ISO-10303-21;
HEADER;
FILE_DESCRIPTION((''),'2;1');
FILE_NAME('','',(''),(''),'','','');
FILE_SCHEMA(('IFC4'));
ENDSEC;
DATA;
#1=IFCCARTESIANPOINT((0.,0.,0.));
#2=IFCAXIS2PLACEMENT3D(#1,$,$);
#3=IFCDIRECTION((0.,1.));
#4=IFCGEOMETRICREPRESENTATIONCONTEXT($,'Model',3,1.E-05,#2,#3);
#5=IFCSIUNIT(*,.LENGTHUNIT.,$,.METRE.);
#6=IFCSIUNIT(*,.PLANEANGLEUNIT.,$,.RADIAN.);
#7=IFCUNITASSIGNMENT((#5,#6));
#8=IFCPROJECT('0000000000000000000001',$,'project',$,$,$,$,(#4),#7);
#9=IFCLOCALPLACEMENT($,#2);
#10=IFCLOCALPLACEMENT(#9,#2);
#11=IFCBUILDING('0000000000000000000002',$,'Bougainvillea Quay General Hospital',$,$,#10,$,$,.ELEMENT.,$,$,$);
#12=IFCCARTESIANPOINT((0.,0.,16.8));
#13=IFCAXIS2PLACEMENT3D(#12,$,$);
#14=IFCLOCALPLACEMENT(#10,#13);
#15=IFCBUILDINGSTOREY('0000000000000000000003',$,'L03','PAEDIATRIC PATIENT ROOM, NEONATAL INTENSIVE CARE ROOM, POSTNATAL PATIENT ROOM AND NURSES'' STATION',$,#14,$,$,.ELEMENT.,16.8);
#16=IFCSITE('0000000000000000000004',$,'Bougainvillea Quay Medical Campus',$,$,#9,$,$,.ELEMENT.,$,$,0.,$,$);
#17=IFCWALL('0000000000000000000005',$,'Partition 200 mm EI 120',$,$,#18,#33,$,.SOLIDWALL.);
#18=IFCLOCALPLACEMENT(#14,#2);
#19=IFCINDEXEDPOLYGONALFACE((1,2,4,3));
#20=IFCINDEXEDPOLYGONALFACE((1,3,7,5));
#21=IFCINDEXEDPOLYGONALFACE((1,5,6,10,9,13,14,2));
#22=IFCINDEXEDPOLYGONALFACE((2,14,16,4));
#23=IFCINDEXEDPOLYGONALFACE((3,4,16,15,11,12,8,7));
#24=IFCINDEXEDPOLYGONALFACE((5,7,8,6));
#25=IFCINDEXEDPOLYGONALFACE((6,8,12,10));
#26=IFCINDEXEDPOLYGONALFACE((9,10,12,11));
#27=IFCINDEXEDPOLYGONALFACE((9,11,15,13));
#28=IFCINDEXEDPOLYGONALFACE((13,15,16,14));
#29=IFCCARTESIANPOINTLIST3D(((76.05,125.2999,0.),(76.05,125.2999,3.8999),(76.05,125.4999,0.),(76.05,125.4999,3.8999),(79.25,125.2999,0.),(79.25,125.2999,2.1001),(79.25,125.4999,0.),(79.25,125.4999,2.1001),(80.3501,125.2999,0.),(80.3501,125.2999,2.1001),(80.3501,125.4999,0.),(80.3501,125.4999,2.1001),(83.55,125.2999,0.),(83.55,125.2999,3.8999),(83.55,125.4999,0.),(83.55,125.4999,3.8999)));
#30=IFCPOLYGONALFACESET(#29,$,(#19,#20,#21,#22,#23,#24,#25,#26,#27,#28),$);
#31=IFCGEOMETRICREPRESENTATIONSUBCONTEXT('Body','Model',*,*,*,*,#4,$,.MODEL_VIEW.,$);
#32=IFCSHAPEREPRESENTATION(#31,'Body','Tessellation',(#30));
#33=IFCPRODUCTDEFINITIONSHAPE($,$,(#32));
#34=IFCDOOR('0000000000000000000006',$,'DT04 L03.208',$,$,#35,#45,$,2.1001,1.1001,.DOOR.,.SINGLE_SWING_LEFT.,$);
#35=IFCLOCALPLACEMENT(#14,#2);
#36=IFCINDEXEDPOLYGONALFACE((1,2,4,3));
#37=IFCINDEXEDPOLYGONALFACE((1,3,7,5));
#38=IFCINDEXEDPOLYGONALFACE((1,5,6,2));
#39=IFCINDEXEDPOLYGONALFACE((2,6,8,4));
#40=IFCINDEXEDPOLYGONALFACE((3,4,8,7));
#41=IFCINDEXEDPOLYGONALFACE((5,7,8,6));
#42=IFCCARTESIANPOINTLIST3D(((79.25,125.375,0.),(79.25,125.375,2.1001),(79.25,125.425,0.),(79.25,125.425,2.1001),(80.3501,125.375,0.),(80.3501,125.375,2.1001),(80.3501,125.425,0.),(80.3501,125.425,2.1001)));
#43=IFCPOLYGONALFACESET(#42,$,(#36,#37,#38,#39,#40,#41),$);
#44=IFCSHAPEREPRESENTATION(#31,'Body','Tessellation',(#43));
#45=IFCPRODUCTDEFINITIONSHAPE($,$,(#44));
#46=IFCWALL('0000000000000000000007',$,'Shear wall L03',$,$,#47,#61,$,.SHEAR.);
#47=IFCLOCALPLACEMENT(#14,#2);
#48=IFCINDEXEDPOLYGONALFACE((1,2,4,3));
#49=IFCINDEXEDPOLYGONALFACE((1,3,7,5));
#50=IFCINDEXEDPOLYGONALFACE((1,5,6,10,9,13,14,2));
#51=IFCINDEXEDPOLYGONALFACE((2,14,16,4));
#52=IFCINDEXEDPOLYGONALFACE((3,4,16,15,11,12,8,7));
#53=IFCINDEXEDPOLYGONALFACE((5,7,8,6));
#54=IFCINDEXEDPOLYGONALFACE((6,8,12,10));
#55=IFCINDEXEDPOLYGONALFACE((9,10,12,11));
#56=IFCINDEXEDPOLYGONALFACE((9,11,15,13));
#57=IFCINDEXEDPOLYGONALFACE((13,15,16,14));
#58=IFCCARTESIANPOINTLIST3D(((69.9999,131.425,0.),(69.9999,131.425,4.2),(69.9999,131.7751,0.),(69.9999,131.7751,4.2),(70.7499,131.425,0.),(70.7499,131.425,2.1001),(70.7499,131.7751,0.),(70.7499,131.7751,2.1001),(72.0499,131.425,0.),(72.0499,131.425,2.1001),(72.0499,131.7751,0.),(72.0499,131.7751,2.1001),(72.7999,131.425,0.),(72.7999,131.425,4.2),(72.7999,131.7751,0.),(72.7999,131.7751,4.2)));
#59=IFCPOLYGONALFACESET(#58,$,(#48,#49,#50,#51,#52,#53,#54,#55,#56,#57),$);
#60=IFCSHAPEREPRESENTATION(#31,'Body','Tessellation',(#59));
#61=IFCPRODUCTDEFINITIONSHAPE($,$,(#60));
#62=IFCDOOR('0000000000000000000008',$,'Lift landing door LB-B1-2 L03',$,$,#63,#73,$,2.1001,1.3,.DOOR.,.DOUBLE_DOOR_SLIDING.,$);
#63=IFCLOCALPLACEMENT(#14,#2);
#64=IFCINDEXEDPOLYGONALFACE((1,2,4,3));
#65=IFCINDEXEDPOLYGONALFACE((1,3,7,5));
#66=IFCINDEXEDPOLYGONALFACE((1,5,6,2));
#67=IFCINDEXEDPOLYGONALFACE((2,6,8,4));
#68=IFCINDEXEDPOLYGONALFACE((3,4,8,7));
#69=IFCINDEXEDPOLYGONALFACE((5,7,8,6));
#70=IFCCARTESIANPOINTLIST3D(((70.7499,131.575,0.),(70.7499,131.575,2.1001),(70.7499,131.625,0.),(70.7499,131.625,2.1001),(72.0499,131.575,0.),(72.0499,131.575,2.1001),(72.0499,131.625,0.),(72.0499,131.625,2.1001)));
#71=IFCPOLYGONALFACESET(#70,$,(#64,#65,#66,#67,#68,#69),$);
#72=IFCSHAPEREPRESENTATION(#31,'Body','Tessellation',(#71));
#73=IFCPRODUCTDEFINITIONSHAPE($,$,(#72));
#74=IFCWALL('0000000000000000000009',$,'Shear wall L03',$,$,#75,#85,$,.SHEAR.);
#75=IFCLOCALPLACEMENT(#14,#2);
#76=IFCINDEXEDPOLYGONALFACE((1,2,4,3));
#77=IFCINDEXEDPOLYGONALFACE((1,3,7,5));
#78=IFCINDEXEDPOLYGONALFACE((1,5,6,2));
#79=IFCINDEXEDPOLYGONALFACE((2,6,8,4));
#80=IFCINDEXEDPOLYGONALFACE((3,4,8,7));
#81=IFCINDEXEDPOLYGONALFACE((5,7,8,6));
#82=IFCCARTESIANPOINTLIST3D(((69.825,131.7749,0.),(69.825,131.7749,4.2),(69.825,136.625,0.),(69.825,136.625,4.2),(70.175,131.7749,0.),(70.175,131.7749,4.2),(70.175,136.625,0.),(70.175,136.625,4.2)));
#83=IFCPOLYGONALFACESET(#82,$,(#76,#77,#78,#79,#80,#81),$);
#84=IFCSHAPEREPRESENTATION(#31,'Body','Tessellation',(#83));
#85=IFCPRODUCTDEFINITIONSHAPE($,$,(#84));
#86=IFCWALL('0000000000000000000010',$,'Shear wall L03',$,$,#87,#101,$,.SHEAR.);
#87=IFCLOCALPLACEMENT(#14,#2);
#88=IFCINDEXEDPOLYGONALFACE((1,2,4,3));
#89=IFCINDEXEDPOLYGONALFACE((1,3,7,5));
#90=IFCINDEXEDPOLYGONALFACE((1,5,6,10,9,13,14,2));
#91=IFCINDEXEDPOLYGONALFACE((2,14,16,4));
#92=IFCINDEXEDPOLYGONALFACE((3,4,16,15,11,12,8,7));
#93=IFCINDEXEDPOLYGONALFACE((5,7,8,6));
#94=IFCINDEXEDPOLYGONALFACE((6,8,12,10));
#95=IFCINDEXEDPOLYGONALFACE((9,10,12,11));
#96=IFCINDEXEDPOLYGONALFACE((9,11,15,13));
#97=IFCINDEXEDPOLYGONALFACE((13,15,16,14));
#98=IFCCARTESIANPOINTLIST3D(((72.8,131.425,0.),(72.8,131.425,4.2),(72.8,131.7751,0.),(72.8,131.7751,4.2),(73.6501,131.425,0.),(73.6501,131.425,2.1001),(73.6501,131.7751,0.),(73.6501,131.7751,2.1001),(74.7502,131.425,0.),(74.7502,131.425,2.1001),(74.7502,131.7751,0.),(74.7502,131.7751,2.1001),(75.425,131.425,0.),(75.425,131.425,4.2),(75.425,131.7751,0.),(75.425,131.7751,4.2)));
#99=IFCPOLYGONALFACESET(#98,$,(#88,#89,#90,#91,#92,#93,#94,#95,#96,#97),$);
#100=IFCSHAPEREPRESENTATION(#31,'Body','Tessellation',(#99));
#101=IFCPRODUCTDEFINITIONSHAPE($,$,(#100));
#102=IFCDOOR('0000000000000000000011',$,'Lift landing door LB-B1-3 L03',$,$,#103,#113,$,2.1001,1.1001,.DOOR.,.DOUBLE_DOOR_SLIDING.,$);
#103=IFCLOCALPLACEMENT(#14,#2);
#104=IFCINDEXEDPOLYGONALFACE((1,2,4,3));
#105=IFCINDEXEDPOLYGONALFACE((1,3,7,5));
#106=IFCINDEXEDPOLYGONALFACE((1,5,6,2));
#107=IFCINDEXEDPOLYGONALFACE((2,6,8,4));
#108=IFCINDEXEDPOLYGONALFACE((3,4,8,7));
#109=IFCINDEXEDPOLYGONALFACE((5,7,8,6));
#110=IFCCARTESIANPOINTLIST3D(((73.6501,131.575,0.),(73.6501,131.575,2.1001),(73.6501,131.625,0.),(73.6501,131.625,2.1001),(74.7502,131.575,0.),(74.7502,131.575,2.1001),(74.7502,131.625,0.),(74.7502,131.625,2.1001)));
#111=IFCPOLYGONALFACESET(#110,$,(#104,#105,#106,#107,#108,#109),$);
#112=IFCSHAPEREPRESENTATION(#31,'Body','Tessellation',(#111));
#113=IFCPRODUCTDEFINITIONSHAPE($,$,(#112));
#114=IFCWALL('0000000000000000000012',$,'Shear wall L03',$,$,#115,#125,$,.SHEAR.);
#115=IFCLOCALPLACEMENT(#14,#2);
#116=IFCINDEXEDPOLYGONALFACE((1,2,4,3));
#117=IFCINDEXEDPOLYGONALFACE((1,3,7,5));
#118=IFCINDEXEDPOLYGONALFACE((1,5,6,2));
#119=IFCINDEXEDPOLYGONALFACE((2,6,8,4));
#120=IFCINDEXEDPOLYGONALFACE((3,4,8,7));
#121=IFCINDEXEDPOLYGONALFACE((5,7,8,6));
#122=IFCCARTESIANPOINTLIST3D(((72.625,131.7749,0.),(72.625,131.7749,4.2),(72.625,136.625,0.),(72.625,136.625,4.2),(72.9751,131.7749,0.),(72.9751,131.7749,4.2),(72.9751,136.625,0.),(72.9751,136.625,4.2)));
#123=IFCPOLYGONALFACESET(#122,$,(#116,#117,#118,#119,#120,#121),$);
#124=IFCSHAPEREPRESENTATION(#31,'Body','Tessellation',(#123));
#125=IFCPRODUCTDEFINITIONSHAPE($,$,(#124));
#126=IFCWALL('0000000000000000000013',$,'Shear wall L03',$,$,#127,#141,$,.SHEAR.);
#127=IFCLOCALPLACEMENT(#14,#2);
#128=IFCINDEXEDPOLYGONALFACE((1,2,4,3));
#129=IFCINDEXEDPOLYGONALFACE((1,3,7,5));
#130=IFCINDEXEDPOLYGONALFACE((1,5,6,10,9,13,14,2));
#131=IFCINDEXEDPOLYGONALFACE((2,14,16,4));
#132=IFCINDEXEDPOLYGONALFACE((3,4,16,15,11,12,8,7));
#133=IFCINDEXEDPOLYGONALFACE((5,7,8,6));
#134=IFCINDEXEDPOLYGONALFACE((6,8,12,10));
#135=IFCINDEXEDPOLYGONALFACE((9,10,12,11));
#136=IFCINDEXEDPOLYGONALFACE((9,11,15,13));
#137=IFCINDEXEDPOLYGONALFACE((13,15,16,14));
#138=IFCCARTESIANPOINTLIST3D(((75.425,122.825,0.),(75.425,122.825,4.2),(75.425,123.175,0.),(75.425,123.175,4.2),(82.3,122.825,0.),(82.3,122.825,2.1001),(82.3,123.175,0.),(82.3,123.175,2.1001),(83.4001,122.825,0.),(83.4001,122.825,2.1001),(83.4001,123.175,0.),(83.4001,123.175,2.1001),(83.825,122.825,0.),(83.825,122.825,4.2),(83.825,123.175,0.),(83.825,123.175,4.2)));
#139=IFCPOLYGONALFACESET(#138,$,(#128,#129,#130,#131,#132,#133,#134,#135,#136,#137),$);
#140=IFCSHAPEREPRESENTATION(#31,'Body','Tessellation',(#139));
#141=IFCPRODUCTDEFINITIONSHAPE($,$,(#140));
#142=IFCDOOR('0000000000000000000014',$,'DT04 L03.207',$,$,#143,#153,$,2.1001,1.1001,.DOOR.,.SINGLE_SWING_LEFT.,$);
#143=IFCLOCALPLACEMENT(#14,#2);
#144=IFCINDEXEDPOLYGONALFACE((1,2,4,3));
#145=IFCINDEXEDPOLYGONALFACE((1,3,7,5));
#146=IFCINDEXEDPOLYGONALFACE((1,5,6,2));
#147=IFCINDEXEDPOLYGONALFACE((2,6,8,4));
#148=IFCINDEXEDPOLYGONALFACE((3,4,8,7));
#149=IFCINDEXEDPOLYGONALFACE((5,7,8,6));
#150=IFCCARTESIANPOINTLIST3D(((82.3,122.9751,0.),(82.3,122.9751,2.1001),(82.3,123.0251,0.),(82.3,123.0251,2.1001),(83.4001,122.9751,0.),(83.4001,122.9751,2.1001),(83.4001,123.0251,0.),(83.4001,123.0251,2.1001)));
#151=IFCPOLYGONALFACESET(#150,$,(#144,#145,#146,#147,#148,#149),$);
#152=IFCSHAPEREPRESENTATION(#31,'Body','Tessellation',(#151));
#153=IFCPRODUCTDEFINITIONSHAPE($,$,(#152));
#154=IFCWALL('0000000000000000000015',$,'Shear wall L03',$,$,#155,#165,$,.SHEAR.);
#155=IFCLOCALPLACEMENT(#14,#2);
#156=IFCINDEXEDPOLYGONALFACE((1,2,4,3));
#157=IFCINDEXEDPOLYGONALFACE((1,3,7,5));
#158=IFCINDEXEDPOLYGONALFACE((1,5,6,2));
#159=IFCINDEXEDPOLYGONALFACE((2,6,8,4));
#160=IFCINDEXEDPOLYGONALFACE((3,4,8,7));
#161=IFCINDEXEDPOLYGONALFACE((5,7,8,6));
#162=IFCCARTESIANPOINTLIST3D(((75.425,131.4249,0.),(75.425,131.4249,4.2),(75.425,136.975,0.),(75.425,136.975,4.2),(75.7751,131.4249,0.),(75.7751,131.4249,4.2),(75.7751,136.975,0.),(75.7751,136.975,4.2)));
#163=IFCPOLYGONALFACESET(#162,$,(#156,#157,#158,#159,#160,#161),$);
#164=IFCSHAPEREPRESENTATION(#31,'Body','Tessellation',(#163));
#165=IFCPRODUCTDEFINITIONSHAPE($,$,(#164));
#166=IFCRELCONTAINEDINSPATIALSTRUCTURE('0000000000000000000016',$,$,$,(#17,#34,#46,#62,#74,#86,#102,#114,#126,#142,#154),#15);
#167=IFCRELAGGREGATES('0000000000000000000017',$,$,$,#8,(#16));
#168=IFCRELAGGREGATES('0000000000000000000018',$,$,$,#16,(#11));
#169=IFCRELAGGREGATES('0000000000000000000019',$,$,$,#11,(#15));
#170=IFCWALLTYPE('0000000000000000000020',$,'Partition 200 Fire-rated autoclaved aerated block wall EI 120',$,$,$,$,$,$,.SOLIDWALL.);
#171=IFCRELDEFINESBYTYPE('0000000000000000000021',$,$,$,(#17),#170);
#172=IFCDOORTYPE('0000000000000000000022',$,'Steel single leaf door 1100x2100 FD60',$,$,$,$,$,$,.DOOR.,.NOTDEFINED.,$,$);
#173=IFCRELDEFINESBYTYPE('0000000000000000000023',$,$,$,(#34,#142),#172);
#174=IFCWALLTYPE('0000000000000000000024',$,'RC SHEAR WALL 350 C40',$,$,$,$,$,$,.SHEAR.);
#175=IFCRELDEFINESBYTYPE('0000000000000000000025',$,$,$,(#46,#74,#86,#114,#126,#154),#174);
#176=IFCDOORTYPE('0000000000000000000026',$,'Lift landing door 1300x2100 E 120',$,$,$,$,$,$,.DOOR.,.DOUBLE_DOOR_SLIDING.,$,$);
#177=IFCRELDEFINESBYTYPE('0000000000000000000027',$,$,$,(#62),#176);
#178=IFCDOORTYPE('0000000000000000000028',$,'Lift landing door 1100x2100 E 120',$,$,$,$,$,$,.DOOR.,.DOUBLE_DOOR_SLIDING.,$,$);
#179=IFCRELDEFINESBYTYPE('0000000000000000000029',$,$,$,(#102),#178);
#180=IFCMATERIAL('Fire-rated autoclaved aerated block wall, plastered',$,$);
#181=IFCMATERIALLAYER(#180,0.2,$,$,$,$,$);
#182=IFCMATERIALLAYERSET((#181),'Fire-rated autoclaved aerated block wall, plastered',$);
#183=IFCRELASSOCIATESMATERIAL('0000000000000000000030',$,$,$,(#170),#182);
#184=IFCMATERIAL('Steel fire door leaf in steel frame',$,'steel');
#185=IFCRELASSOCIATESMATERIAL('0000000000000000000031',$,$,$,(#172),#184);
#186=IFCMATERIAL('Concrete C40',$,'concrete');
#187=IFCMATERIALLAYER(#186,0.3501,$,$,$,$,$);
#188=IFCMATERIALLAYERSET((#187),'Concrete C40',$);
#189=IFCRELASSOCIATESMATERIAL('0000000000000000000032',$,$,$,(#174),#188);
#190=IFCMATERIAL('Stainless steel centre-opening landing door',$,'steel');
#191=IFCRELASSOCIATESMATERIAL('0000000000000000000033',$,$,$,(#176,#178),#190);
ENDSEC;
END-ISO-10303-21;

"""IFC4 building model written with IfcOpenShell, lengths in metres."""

from ifc_helpers import new_model, si_unit, direction, frame, frame_2d, origin, place, context, subcontext, project, spatial, rectangle, extrude, material, layer, layer_set, type_object, element, fill, save


model = new_model("IFC4")

# Units and contexts
model_context = context("Model", 3, precision=1e-05, world=origin(), true_north=direction((0.0, 1.0)))
body_context = subcontext(model_context, "Body", "Model", "MODEL_VIEW")
ifc_project = project(units=[si_unit("LENGTHUNIT", "METRE"), si_unit("PLANEANGLEUNIT", "RADIAN")], contexts=[model_context])

# Site, building, storey
site_placement = place(None, origin())
site = spatial("IfcSite", under=ifc_project, at=site_placement, Name="Bougainvillea Quay Medical Campus", CompositionType="ELEMENT", RefElevation=0.0)
building_placement = place(site_placement, origin())
building = spatial("IfcBuilding", under=site, at=building_placement, Name="Bougainvillea Quay General Hospital", CompositionType="ELEMENT")
storey_placement = place(building_placement, frame((0.0, 0.0, 16.8)))
storey = spatial("IfcBuildingStorey", under=building, at=storey_placement, Name="L03", Description="PAEDIATRIC PATIENT ROOM, NEONATAL INTENSIVE CARE ROOM, POSTNATAL PATIENT ROOM AND NURSES' STATION", CompositionType="ELEMENT", Elevation=16.8)

# Shared definitions
ifc_material_1 = material(Name="Concrete C40", Category="concrete")

# Shared definitions
ifc_material_2 = material(Name="Fire-rated autoclaved aerated block wall, plastered")
ifc_layer_1 = layer(ifc_material_2, 0.2)
ifc_layer_set_1 = layer_set([ifc_layer_1], Name="Fire-rated autoclaved aerated block wall, plastered")
wall_type_1 = type_object("IfcWallType", Name="Partition 200 Fire-rated autoclaved aerated block wall EI 120", PredefinedType="SOLIDWALL", material=ifc_layer_set_1)

# Walls, openings, doors
wall_1_placement = place(storey_placement, frame((76.05, 125.3999, 0.0), z_axis=(0.0, 0.0, 1.0), x_axis=(1.0, 0.0, 0.0)))
wall_1 = element("IfcWall", 1, at=wall_1_placement, inside=storey, type_object=wall_type_1, Name="Partition 200 mm EI 120", PredefinedType="SOLIDWALL", context=body_context, shape_type="SweptSolid", body=[
    extrude(rectangle(XDim=7.5, YDim=0.2, at=frame_2d((3.75, 0.0))), origin(), (0.0, 0.0, 1.0), 3.8999),
])
opening_1_placement = place(wall_1_placement, frame((3.2, 0.0, 0.0)))
opening_1 = element("IfcOpeningElement", 2, at=opening_1_placement, cuts=wall_1, PredefinedType="OPENING", context=body_context, shape_type="SweptSolid", body=[
    extrude(rectangle(XDim=1.1001, YDim=2.1001, at=frame_2d((0.55, 1.05))), frame((0.0, 0.1099, 0.0), z_axis=(0.0, -1.0, 0.0), x_axis=(1.0, 0.0, 0.0)), (0.0, 0.0, 1.0), 0.22),
])
ifc_material_3 = material(Name="Steel fire door leaf in steel frame", Category="steel")
door_type_1 = type_object("IfcDoorType", Name="Steel single leaf door 1100x2100 FD60", OperationType="NOTDEFINED", PredefinedType="DOOR", material=ifc_material_3)
door_1_placement = place(opening_1_placement, frame((1.1001, 0.0, 0.0), z_axis=(0.0, 0.0, 1.0), x_axis=(-1.0, 0.0, 0.0)))
door_1 = element("IfcDoor", 3, at=door_1_placement, inside=storey, type_object=door_type_1, Name="DT04 L03.208", OperationType="SINGLE_SWING_LEFT", OverallHeight=2.1001, OverallWidth=1.1001, PredefinedType="DOOR", context=body_context, shape_type="SweptSolid", body=[
    extrude(rectangle(XDim=1.1001, YDim=2.1001, at=frame_2d((0.55, 1.05))), frame((0.0, 0.0249, 0.0), z_axis=(0.0, -1.0, 0.0), x_axis=(1.0, 0.0, 0.0)), (0.0, 0.0, 1.0), 0.05),
])
fill(opening_1, door_1)
ifc_layer_2 = layer(ifc_material_1, 0.3501)
ifc_layer_set_2 = layer_set([ifc_layer_2], Name="Concrete C40")
wall_type_2 = type_object("IfcWallType", Name="RC SHEAR WALL 350 C40", PredefinedType="SHEAR", material=ifc_layer_set_2)
wall_2_placement = place(storey_placement, frame((70.0, 131.6001, 0.0), z_axis=(0.0, 0.0, 1.0), x_axis=(1.0, 0.0, 0.0)))
wall_2 = element("IfcWall", 4, at=wall_2_placement, inside=storey, type_object=wall_type_2, Name="Shear wall L03", PredefinedType="SHEAR", context=body_context, shape_type="SweptSolid", body=[
    extrude(rectangle(XDim=2.8, YDim=0.3501, at=frame_2d((1.3999, 0.0))), origin(), (0.0, 0.0, 1.0), 4.2),
])
opening_2_placement = place(wall_2_placement, frame((0.75, 0.0, 0.0)))
opening_2 = element("IfcOpeningElement", 5, at=opening_2_placement, cuts=wall_2, PredefinedType="OPENING", context=body_context, shape_type="SweptSolid", body=[
    extrude(rectangle(XDim=1.3, YDim=2.1001, at=frame_2d((0.6499, 1.05))), frame((0.0, 0.1851, 0.0), z_axis=(0.0, -1.0, 0.0), x_axis=(1.0, 0.0, 0.0)), (0.0, 0.0, 1.0), 0.3701),
])
ifc_material_4 = material(Name="Stainless steel centre-opening landing door", Category="steel")
door_type_2 = type_object("IfcDoorType", Name="Lift landing door 1300x2100 E 120", OperationType="DOUBLE_DOOR_SLIDING", PredefinedType="DOOR", material=ifc_material_4)
door_2_placement = place(opening_2_placement, origin())
door_2 = element("IfcDoor", 6, at=door_2_placement, inside=storey, type_object=door_type_2, Name="Lift landing door LB-B1-2 L03", OperationType="DOUBLE_DOOR_SLIDING", OverallHeight=2.1001, OverallWidth=1.3, PredefinedType="DOOR", context=body_context, shape_type="SweptSolid", body=[
    extrude(rectangle(XDim=1.3, YDim=2.1001, at=frame_2d((0.6499, 1.05))), frame((0.0, 0.0249, 0.0), z_axis=(0.0, -1.0, 0.0), x_axis=(1.0, 0.0, 0.0)), (0.0, 0.0, 1.0), 0.05),
])
fill(opening_2, door_2)

# Wall
wall_3_placement = place(storey_placement, frame((70.0, 131.7749, 0.0), z_axis=(0.0, 0.0, 1.0), x_axis=(0.0, 1.0, 0.0)))
element("IfcWall", 7, at=wall_3_placement, inside=storey, type_object=wall_type_2, Name="Shear wall L03", PredefinedType="SHEAR", context=body_context, shape_type="SweptSolid", body=[
    extrude(rectangle(XDim=4.8501, YDim=0.3501, at=frame_2d((2.425, 0.0))), origin(), (0.0, 0.0, 1.0), 4.2),
])

# Wall, opening, door
wall_4_placement = place(storey_placement, frame((72.8, 131.6001, 0.0), z_axis=(0.0, 0.0, 1.0), x_axis=(1.0, 0.0, 0.0)))
wall_4 = element("IfcWall", 8, at=wall_4_placement, inside=storey, type_object=wall_type_2, Name="Shear wall L03", PredefinedType="SHEAR", context=body_context, shape_type="SweptSolid", body=[
    extrude(rectangle(XDim=2.625, YDim=0.3501, at=frame_2d((1.3125, 0.0))), origin(), (0.0, 0.0, 1.0), 4.2),
])
opening_3_placement = place(wall_4_placement, frame((0.8501, 0.0, 0.0)))
opening_3 = element("IfcOpeningElement", 9, at=opening_3_placement, cuts=wall_4, PredefinedType="OPENING", context=body_context, shape_type="SweptSolid", body=[
    extrude(rectangle(XDim=1.1001, YDim=2.1001, at=frame_2d((0.55, 1.05))), frame((0.0, 0.1851, 0.0), z_axis=(0.0, -1.0, 0.0), x_axis=(1.0, 0.0, 0.0)), (0.0, 0.0, 1.0), 0.3701),
])
door_type_3 = type_object("IfcDoorType", Name="Lift landing door 1100x2100 E 120", OperationType="DOUBLE_DOOR_SLIDING", PredefinedType="DOOR", material=ifc_material_4)
door_3_placement = place(opening_3_placement, origin())
door_3 = element("IfcDoor", 10, at=door_3_placement, inside=storey, type_object=door_type_3, Name="Lift landing door LB-B1-3 L03", OperationType="DOUBLE_DOOR_SLIDING", OverallHeight=2.1001, OverallWidth=1.1001, PredefinedType="DOOR", context=body_context, shape_type="SweptSolid", body=[
    extrude(rectangle(XDim=1.1001, YDim=2.1001, at=frame_2d((0.55, 1.05))), frame((0.0, 0.0249, 0.0), z_axis=(0.0, -1.0, 0.0), x_axis=(1.0, 0.0, 0.0)), (0.0, 0.0, 1.0), 0.05),
])
fill(opening_3, door_3)

# Wall
wall_5_placement = place(storey_placement, frame((72.8, 131.7749, 0.0), z_axis=(0.0, 0.0, 1.0), x_axis=(0.0, 1.0, 0.0)))
element("IfcWall", 11, at=wall_5_placement, inside=storey, type_object=wall_type_2, Name="Shear wall L03", PredefinedType="SHEAR", context=body_context, shape_type="SweptSolid", body=[
    extrude(rectangle(XDim=4.8501, YDim=0.3501, at=frame_2d((2.425, 0.0))), origin(), (0.0, 0.0, 1.0), 4.2),
])

# Wall, opening, door
wall_6_placement = place(storey_placement, frame((75.425, 123.0, 0.0), z_axis=(0.0, 0.0, 1.0), x_axis=(1.0, 0.0, 0.0)))
wall_6 = element("IfcWall", 12, at=wall_6_placement, inside=storey, type_object=wall_type_2, Name="Shear wall L03", PredefinedType="SHEAR", context=body_context, shape_type="SweptSolid", body=[
    extrude(rectangle(XDim=8.3999, YDim=0.3501, at=frame_2d((4.2, 0.0))), origin(), (0.0, 0.0, 1.0), 4.2),
])
opening_4_placement = place(wall_6_placement, frame((6.875, 0.0, 0.0)))
opening_4 = element("IfcOpeningElement", 13, at=opening_4_placement, cuts=wall_6, PredefinedType="OPENING", context=body_context, shape_type="SweptSolid", body=[
    extrude(rectangle(XDim=1.1001, YDim=2.1001, at=frame_2d((0.55, 1.05))), frame((0.0, 0.1851, 0.0), z_axis=(0.0, -1.0, 0.0), x_axis=(1.0, 0.0, 0.0)), (0.0, 0.0, 1.0), 0.3701),
])
door_4_placement = place(opening_4_placement, frame((1.1001, 0.0, 0.0), z_axis=(0.0, 0.0, 1.0), x_axis=(-1.0, 0.0, 0.0)))
door_4 = element("IfcDoor", 14, at=door_4_placement, inside=storey, type_object=door_type_1, Name="DT04 L03.207", OperationType="SINGLE_SWING_LEFT", OverallHeight=2.1001, OverallWidth=1.1001, PredefinedType="DOOR", context=body_context, shape_type="SweptSolid", body=[
    extrude(rectangle(XDim=1.1001, YDim=2.1001, at=frame_2d((0.55, 1.05))), frame((0.0, 0.0249, 0.0), z_axis=(0.0, -1.0, 0.0), x_axis=(1.0, 0.0, 0.0)), (0.0, 0.0, 1.0), 0.05),
])
fill(opening_4, door_4)

# Wall
wall_7_placement = place(storey_placement, frame((75.6001, 131.425, 0.0), z_axis=(0.0, 0.0, 1.0), x_axis=(0.0, 1.0, 0.0)))
element("IfcWall", 15, at=wall_7_placement, inside=storey, type_object=wall_type_2, Name="Shear wall L03", PredefinedType="SHEAR", context=body_context, shape_type="SweptSolid", body=[
    extrude(rectangle(XDim=5.55, YDim=0.3501, at=frame_2d((2.7749, 0.0))), origin(), (0.0, 0.0, 1.0), 4.2),
])

save(model, "model.ifc")
